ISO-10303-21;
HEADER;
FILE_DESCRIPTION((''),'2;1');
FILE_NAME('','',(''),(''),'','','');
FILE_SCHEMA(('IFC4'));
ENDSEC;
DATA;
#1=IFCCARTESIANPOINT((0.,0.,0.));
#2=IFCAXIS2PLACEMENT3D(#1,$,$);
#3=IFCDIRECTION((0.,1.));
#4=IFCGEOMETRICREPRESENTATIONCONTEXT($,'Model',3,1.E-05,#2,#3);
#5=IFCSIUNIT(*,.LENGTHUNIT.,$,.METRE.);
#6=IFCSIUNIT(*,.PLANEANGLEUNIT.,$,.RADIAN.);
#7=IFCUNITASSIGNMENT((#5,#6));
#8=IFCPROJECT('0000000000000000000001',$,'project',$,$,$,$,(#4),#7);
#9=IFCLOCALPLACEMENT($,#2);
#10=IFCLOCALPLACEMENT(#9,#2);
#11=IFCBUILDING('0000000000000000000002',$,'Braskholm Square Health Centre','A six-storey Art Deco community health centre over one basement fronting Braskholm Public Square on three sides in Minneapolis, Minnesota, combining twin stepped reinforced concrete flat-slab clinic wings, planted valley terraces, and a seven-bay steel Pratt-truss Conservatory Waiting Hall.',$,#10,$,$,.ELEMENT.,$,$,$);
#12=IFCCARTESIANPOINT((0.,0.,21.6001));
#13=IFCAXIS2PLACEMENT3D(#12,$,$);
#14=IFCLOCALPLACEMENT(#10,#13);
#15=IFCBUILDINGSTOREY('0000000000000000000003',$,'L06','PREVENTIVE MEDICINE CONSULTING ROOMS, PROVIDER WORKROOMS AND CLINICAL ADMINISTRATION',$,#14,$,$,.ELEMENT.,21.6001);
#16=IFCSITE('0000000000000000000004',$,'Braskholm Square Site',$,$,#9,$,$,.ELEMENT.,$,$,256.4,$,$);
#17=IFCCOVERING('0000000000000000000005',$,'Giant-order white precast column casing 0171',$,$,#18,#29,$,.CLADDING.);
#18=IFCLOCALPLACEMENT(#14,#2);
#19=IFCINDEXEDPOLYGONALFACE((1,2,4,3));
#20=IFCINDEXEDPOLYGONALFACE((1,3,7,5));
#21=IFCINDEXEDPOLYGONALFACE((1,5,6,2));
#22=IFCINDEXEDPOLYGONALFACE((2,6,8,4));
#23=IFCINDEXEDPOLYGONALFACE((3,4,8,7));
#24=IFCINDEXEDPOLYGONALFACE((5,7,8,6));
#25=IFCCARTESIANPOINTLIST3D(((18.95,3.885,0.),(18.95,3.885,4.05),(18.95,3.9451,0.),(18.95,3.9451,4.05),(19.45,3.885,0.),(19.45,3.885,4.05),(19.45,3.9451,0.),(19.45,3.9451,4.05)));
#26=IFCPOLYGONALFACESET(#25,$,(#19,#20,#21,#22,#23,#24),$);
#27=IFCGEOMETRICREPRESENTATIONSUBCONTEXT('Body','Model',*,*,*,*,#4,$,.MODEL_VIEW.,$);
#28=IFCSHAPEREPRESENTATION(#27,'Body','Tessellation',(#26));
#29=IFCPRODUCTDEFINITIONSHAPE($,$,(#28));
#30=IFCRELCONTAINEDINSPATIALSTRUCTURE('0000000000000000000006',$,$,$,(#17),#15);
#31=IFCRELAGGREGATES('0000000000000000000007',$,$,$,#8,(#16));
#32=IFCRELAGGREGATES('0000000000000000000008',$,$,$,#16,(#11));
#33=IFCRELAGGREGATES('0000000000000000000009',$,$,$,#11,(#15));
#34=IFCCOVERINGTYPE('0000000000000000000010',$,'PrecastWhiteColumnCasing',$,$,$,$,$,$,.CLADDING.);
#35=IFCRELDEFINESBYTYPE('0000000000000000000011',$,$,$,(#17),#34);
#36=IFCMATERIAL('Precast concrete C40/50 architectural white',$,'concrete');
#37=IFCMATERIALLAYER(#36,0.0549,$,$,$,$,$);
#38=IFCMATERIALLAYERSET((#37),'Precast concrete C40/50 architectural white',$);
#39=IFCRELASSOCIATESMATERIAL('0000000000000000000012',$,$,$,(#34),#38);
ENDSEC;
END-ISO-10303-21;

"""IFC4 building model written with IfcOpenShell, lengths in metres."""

from ifc_helpers import new_model, si_unit, direction, frame, origin, origin_2d, place, context, subcontext, project, spatial, rectangle, extrude, material, layer, layer_set, type_object, element, save


model = new_model("IFC4")

# Units and contexts
model_context = context("Model", 3, precision=1e-05, world=origin(), true_north=direction((0.0, 1.0)))
body_context = subcontext(model_context, "Body", "Model", "MODEL_VIEW")
ifc_project = project(units=[si_unit("LENGTHUNIT", "METRE"), si_unit("PLANEANGLEUNIT", "RADIAN")], contexts=[model_context])

# Site, building, storey
site_placement = place(None, origin())
site = spatial("IfcSite", under=ifc_project, at=site_placement, Name="Braskholm Square Site", CompositionType="ELEMENT", RefElevation=256.4)
building_placement = place(site_placement, origin())
building = spatial("IfcBuilding", under=site, at=building_placement, Name="Braskholm Square Health Centre", Description="A six-storey Art Deco community health centre over one basement fronting Braskholm Public Square on three sides in Minneapolis, Minnesota, combining twin stepped reinforced concrete flat-slab clinic wings, planted valley terraces, and a seven-bay steel Pratt-truss Conservatory Waiting Hall.", CompositionType="ELEMENT")
storey_placement = place(building_placement, frame((0.0, 0.0, 21.6001)))
storey = spatial("IfcBuildingStorey", under=building, at=storey_placement, Name="L06", Description="PREVENTIVE MEDICINE CONSULTING ROOMS, PROVIDER WORKROOMS AND CLINICAL ADMINISTRATION", CompositionType="ELEMENT", Elevation=21.6001)

# Shared definitions
ifc_material_1 = material(Name="Precast concrete C40/50 architectural white", Category="concrete")

# Covering
ifc_layer_1 = layer(ifc_material_1, 0.0549)
ifc_layer_set_1 = layer_set([ifc_layer_1], Name="Precast concrete C40/50 architectural white")
covering_type = type_object("IfcCoveringType", Name="PrecastWhiteColumnCasing", PredefinedType="CLADDING", material=ifc_layer_set_1)
covering_placement = place(storey_placement, frame((19.2, 3.915, 0.0), z_axis=(0.0, 0.0, 1.0), x_axis=(1.0, 0.0, 0.0)))
element("IfcCovering", 1, at=covering_placement, inside=storey, type_object=covering_type, Name="Giant-order white precast column casing 0171", PredefinedType="CLADDING", context=body_context, shape_type="SweptSolid", body=[
    extrude(rectangle(XDim=0.5, YDim=0.0601, at=origin_2d()), origin(), (0.0, 0.0, 1.0), 4.05),
])

save(model, "model.ifc")
